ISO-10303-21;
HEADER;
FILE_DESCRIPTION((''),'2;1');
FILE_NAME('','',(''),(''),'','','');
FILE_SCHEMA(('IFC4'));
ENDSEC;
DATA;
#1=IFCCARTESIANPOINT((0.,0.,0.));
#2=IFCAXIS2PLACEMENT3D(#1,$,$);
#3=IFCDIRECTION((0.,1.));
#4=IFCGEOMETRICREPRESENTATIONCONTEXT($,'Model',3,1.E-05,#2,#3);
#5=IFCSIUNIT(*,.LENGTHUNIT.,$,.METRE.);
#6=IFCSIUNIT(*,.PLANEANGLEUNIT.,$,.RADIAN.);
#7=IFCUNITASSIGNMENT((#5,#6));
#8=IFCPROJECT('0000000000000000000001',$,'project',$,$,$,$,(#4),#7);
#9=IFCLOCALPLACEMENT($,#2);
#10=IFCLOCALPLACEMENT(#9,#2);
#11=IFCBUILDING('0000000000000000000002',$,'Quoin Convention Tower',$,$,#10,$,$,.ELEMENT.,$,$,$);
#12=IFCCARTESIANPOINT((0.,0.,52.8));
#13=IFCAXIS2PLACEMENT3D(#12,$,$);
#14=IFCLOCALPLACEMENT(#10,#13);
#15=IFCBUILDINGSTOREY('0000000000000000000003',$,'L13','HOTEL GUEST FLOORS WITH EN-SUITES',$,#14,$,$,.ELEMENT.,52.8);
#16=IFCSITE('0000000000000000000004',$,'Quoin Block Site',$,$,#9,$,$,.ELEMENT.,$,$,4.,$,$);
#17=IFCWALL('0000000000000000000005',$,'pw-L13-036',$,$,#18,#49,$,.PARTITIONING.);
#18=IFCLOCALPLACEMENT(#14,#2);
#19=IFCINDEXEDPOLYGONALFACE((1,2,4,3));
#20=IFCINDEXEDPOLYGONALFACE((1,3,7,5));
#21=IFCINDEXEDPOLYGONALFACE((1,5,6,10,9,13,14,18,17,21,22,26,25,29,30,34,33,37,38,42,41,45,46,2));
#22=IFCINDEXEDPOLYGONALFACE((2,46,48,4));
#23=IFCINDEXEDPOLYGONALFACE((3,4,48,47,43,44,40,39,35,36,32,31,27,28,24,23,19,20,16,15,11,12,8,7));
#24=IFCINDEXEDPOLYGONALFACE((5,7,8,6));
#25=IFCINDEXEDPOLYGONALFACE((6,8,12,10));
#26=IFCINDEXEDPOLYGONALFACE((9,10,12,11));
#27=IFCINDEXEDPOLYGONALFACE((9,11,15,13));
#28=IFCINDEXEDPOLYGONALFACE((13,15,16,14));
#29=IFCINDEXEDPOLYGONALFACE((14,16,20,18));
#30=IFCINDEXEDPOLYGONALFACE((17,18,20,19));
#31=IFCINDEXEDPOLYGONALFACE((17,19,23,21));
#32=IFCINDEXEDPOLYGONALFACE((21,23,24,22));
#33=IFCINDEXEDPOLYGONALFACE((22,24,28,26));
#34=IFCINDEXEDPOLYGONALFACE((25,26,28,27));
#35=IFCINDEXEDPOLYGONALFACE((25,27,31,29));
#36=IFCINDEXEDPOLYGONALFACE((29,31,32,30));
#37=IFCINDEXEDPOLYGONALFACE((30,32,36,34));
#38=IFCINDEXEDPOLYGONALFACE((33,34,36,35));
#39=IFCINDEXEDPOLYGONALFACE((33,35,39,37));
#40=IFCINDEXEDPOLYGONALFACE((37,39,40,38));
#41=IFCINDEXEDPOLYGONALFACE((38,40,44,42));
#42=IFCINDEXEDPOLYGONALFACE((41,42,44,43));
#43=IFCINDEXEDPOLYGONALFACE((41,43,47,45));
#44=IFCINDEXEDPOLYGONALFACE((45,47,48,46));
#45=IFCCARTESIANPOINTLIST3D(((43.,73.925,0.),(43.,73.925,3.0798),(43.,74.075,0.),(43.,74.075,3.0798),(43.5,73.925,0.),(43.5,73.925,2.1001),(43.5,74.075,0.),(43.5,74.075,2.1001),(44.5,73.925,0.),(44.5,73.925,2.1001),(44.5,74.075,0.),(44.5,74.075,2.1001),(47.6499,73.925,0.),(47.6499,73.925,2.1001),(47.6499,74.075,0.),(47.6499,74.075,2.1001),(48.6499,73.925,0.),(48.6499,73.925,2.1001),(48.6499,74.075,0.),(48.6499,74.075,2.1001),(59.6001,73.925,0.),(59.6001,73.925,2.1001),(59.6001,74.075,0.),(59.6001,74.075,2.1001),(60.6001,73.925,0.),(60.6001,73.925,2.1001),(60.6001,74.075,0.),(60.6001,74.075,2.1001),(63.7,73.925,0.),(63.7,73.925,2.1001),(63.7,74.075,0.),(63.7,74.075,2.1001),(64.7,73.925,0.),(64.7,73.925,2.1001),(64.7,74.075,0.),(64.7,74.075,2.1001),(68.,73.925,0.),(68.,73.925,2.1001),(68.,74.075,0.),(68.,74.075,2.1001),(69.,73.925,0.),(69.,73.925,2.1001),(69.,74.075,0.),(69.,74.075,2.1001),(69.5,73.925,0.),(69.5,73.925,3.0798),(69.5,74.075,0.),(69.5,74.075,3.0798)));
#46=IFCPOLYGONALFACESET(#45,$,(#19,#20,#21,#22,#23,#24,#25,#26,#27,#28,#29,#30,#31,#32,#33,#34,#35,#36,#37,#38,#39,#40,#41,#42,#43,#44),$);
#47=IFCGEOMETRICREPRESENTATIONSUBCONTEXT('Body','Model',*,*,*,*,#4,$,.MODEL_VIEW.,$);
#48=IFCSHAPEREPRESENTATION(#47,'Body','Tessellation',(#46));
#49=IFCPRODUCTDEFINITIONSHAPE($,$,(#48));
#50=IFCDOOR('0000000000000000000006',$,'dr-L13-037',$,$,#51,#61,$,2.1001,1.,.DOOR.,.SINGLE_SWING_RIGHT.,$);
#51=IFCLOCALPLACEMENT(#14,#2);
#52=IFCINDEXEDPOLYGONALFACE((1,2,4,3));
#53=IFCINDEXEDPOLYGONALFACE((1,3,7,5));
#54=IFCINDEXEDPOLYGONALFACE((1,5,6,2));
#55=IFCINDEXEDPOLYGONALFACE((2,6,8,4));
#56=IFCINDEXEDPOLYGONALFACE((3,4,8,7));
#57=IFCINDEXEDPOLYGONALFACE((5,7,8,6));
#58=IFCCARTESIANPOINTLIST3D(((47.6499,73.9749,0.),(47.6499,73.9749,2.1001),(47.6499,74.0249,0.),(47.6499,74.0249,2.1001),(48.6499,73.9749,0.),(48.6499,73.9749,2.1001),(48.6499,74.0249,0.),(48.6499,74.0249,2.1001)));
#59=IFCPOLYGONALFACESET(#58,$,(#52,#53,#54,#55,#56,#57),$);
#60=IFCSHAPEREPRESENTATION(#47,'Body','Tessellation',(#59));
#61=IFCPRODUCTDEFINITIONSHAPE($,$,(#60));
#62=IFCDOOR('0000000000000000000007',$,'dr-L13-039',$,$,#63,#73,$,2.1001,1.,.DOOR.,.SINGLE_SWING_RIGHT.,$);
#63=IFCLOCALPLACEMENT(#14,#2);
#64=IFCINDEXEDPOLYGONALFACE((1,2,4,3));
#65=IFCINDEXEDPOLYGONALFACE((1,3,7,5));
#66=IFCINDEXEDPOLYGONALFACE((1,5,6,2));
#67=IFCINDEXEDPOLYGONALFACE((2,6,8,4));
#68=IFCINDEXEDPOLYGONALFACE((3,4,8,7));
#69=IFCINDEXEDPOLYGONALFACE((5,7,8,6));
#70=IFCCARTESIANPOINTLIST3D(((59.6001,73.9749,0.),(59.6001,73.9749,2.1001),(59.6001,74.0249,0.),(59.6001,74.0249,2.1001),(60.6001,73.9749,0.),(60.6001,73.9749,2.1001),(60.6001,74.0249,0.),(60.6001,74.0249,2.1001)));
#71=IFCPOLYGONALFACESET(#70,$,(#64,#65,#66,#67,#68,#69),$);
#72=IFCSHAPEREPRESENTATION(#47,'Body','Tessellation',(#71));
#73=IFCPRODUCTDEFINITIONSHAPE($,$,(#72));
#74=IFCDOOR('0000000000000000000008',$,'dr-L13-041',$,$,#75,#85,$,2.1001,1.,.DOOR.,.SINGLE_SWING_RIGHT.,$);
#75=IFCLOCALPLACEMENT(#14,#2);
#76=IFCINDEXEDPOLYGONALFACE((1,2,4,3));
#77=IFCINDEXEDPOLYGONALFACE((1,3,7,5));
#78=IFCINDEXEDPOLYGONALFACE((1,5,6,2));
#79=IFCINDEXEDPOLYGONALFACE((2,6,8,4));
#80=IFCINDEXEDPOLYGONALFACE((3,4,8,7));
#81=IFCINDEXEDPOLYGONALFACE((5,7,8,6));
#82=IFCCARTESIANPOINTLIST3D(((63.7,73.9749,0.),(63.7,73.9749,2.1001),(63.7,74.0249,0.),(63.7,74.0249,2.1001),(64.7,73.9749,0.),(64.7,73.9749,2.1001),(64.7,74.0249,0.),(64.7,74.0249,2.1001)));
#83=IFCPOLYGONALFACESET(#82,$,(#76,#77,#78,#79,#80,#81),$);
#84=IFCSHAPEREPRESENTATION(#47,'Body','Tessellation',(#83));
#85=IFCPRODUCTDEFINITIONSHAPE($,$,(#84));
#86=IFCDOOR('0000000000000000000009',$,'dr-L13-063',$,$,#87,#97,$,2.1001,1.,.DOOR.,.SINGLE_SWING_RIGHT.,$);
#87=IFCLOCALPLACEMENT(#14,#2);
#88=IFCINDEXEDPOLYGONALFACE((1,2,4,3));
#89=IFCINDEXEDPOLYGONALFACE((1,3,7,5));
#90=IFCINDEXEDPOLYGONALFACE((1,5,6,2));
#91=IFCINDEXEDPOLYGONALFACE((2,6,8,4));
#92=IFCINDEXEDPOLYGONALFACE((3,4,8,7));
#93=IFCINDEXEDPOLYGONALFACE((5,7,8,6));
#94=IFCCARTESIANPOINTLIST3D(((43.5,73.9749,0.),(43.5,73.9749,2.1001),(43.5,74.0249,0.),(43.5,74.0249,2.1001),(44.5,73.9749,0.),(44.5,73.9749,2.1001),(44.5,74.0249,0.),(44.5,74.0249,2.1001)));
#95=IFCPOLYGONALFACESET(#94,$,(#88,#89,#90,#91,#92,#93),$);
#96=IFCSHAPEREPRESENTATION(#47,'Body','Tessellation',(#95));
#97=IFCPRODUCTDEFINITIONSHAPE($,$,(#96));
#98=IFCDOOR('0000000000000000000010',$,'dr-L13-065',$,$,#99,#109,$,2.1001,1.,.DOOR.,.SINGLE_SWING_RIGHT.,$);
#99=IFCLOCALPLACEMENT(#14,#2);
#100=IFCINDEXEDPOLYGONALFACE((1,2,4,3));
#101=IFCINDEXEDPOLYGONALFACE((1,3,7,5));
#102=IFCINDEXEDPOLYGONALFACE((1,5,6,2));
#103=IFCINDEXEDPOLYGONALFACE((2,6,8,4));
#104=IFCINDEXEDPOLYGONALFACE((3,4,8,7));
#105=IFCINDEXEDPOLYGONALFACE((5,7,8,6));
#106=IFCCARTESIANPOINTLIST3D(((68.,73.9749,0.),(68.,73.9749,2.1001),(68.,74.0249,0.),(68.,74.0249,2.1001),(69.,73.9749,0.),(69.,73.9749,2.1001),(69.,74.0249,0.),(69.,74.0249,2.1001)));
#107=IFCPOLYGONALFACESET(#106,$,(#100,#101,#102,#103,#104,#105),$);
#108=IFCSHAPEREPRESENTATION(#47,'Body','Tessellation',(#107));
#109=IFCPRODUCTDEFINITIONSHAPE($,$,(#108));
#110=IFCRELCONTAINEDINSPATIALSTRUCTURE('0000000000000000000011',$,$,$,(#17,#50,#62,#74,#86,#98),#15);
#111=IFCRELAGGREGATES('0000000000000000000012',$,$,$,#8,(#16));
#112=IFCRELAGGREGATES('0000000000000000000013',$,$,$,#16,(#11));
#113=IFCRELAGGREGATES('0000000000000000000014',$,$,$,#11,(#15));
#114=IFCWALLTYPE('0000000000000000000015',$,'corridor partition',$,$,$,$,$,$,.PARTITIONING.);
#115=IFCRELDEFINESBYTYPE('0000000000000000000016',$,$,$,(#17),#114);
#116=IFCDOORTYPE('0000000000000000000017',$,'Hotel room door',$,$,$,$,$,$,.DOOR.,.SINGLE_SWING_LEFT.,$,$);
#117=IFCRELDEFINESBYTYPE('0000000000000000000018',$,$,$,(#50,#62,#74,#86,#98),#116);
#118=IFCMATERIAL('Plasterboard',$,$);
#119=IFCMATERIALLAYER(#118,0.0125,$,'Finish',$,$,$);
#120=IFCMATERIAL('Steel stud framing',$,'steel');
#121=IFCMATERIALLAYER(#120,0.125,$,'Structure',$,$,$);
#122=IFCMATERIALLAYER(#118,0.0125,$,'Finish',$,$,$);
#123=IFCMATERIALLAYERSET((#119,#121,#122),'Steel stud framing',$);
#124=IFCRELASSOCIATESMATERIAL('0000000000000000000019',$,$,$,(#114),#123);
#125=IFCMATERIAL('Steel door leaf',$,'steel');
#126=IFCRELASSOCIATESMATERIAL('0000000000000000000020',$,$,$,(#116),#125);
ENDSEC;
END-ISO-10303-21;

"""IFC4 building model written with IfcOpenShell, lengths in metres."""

from ifc_helpers import new_model, si_unit, direction, frame, frame_2d, origin, place, context, subcontext, project, spatial, rectangle, extrude, material, layer, layer_set, type_object, element, fill, save


model = new_model("IFC4")

# Units and contexts
model_context = context("Model", 3, precision=1e-05, world=origin(), true_north=direction((0.0, 1.0)))
body_context = subcontext(model_context, "Body", "Model", "MODEL_VIEW")
ifc_project = project(units=[si_unit("LENGTHUNIT", "METRE"), si_unit("PLANEANGLEUNIT", "RADIAN")], contexts=[model_context])

# Site, building, storey
site_placement = place(None, origin())
site = spatial("IfcSite", under=ifc_project, at=site_placement, Name="Quoin Block Site", CompositionType="ELEMENT", RefElevation=4.0)
building_placement = place(site_placement, origin())
building = spatial("IfcBuilding", under=site, at=building_placement, Name="Quoin Convention Tower", CompositionType="ELEMENT")
storey_placement = place(building_placement, frame((0.0, 0.0, 52.8)))
storey = spatial("IfcBuildingStorey", under=building, at=storey_placement, Name="L13", Description="HOTEL GUEST FLOORS WITH EN-SUITES", CompositionType="ELEMENT", Elevation=52.8)

# Shared definitions
ifc_material_1 = material(Name="Steel door leaf", Category="steel")

# Wall, openings, doors
ifc_material_2 = material(Name="Plasterboard")
ifc_layer_1 = layer(ifc_material_2, 0.0125, Name="Finish")
ifc_material_3 = material(Name="Steel stud framing", Category="steel")
ifc_layer_2 = layer(ifc_material_3, 0.125, Name="Structure")
ifc_layer_3 = layer(ifc_material_2, 0.0125, Name="Finish")
ifc_layer_set_1 = layer_set([ifc_layer_1, ifc_layer_2, ifc_layer_3], Name="Steel stud framing")
wall_type_1 = type_object("IfcWallType", Name="corridor partition", PredefinedType="PARTITIONING", material=ifc_layer_set_1)
wall_1_placement = place(storey_placement, frame((43.0, 74.0, 0.0), z_axis=(0.0, 0.0, 1.0), x_axis=(1.0, 0.0, 0.0)))
wall_1 = element("IfcWall", 1, at=wall_1_placement, inside=storey, type_object=wall_type_1, Name="pw-L13-036", PredefinedType="PARTITIONING", context=body_context, shape_type="SweptSolid", body=[
    extrude(rectangle(XDim=26.5, YDim=0.1499, at=frame_2d((13.25, 0.0))), origin(), (0.0, 0.0, 1.0), 3.0798),
])
opening_1_placement = place(wall_1_placement, frame((4.6499, 0.0, 0.0)))
opening_1 = element("IfcOpeningElement", 2, at=opening_1_placement, cuts=wall_1, PredefinedType="OPENING", context=body_context, shape_type="SweptSolid", body=[
    extrude(rectangle(XDim=1.0, YDim=2.1001, at=frame_2d((0.5, 1.05))), frame((0.0, 0.085, 0.0), z_axis=(0.0, -1.0, 0.0), x_axis=(1.0, 0.0, 0.0)), (0.0, 0.0, 1.0), 0.1699),
])
opening_2_placement = place(wall_1_placement, frame((16.6001, 0.0, 0.0)))
opening_2 = element("IfcOpeningElement", 3, at=opening_2_placement, cuts=wall_1, PredefinedType="OPENING", context=body_context, shape_type="SweptSolid", body=[
    extrude(rectangle(XDim=1.0, YDim=2.1001, at=frame_2d((0.5, 1.05))), frame((0.0, 0.085, 0.0), z_axis=(0.0, -1.0, 0.0), x_axis=(1.0, 0.0, 0.0)), (0.0, 0.0, 1.0), 0.1699),
])
opening_3_placement = place(wall_1_placement, frame((20.7, 0.0, 0.0)))
opening_3 = element("IfcOpeningElement", 4, at=opening_3_placement, cuts=wall_1, PredefinedType="OPENING", context=body_context, shape_type="SweptSolid", body=[
    extrude(rectangle(XDim=1.0, YDim=2.1001, at=frame_2d((0.5, 1.05))), frame((0.0, 0.085, 0.0), z_axis=(0.0, -1.0, 0.0), x_axis=(1.0, 0.0, 0.0)), (0.0, 0.0, 1.0), 0.1699),
])
opening_4_placement = place(wall_1_placement, frame((0.5, 0.0, 0.0)))
opening_4 = element("IfcOpeningElement", 5, at=opening_4_placement, cuts=wall_1, PredefinedType="OPENING", context=body_context, shape_type="SweptSolid", body=[
    extrude(rectangle(XDim=1.0, YDim=2.1001, at=frame_2d((0.5, 1.05))), frame((0.0, 0.085, 0.0), z_axis=(0.0, -1.0, 0.0), x_axis=(1.0, 0.0, 0.0)), (0.0, 0.0, 1.0), 0.1699),
])
opening_5_placement = place(wall_1_placement, frame((25.0, 0.0, 0.0)))
opening_5 = element("IfcOpeningElement", 6, at=opening_5_placement, cuts=wall_1, PredefinedType="OPENING", context=body_context, shape_type="SweptSolid", body=[
    extrude(rectangle(XDim=1.0, YDim=2.1001, at=frame_2d((0.5, 1.05))), frame((0.0, 0.085, 0.0), z_axis=(0.0, -1.0, 0.0), x_axis=(1.0, 0.0, 0.0)), (0.0, 0.0, 1.0), 0.1699),
])
door_type_1 = type_object("IfcDoorType", Name="Hotel room door", OperationType="SINGLE_SWING_LEFT", PredefinedType="DOOR", material=ifc_material_1)
door_1_placement = place(opening_1_placement, origin())
door_1 = element("IfcDoor", 7, at=door_1_placement, inside=storey, type_object=door_type_1, Name="dr-L13-037", OperationType="SINGLE_SWING_RIGHT", OverallHeight=2.1001, OverallWidth=1.0, PredefinedType="DOOR", context=body_context, shape_type="SweptSolid", body=[
    extrude(rectangle(XDim=1.0, YDim=2.1001, at=frame_2d((0.5, 1.05))), frame((0.0, 0.0249, 0.0), z_axis=(0.0, -1.0, 0.0), x_axis=(1.0, 0.0, 0.0)), (0.0, 0.0, 1.0), 0.05),
])
fill(opening_1, door_1)
door_2_placement = place(opening_2_placement, origin())
door_2 = element("IfcDoor", 8, at=door_2_placement, inside=storey, type_object=door_type_1, Name="dr-L13-039", OperationType="SINGLE_SWING_RIGHT", OverallHeight=2.1001, OverallWidth=1.0, PredefinedType="DOOR", context=body_context, shape_type="SweptSolid", body=[
    extrude(rectangle(XDim=1.0, YDim=2.1001, at=frame_2d((0.5, 1.05))), frame((0.0, 0.0249, 0.0), z_axis=(0.0, -1.0, 0.0), x_axis=(1.0, 0.0, 0.0)), (0.0, 0.0, 1.0), 0.05),
])
fill(opening_2, door_2)
door_3_placement = place(opening_3_placement, origin())
door_3 = element("IfcDoor", 9, at=door_3_placement, inside=storey, type_object=door_type_1, Name="dr-L13-041", OperationType="SINGLE_SWING_RIGHT", OverallHeight=2.1001, OverallWidth=1.0, PredefinedType="DOOR", context=body_context, shape_type="SweptSolid", body=[
    extrude(rectangle(XDim=1.0, YDim=2.1001, at=frame_2d((0.5, 1.05))), frame((0.0, 0.0249, 0.0), z_axis=(0.0, -1.0, 0.0), x_axis=(1.0, 0.0, 0.0)), (0.0, 0.0, 1.0), 0.05),
])
fill(opening_3, door_3)
door_4_placement = place(opening_4_placement, origin())
door_4 = element("IfcDoor", 10, at=door_4_placement, inside=storey, type_object=door_type_1, Name="dr-L13-063", OperationType="SINGLE_SWING_RIGHT", OverallHeight=2.1001, OverallWidth=1.0, PredefinedType="DOOR", context=body_context, shape_type="SweptSolid", body=[
    extrude(rectangle(XDim=1.0, YDim=2.1001, at=frame_2d((0.5, 1.05))), frame((0.0, 0.0249, 0.0), z_axis=(0.0, -1.0, 0.0), x_axis=(1.0, 0.0, 0.0)), (0.0, 0.0, 1.0), 0.05),
])
fill(opening_4, door_4)
door_5_placement = place(opening_5_placement, origin())
door_5 = element("IfcDoor", 11, at=door_5_placement, inside=storey, type_object=door_type_1, Name="dr-L13-065", OperationType="SINGLE_SWING_RIGHT", OverallHeight=2.1001, OverallWidth=1.0, PredefinedType="DOOR", context=body_context, shape_type="SweptSolid", body=[
    extrude(rectangle(XDim=1.0, YDim=2.1001, at=frame_2d((0.5, 1.05))), frame((0.0, 0.0249, 0.0), z_axis=(0.0, -1.0, 0.0), x_axis=(1.0, 0.0, 0.0)), (0.0, 0.0, 1.0), 0.05),
])
fill(opening_5, door_5)

save(model, "model.ifc")
